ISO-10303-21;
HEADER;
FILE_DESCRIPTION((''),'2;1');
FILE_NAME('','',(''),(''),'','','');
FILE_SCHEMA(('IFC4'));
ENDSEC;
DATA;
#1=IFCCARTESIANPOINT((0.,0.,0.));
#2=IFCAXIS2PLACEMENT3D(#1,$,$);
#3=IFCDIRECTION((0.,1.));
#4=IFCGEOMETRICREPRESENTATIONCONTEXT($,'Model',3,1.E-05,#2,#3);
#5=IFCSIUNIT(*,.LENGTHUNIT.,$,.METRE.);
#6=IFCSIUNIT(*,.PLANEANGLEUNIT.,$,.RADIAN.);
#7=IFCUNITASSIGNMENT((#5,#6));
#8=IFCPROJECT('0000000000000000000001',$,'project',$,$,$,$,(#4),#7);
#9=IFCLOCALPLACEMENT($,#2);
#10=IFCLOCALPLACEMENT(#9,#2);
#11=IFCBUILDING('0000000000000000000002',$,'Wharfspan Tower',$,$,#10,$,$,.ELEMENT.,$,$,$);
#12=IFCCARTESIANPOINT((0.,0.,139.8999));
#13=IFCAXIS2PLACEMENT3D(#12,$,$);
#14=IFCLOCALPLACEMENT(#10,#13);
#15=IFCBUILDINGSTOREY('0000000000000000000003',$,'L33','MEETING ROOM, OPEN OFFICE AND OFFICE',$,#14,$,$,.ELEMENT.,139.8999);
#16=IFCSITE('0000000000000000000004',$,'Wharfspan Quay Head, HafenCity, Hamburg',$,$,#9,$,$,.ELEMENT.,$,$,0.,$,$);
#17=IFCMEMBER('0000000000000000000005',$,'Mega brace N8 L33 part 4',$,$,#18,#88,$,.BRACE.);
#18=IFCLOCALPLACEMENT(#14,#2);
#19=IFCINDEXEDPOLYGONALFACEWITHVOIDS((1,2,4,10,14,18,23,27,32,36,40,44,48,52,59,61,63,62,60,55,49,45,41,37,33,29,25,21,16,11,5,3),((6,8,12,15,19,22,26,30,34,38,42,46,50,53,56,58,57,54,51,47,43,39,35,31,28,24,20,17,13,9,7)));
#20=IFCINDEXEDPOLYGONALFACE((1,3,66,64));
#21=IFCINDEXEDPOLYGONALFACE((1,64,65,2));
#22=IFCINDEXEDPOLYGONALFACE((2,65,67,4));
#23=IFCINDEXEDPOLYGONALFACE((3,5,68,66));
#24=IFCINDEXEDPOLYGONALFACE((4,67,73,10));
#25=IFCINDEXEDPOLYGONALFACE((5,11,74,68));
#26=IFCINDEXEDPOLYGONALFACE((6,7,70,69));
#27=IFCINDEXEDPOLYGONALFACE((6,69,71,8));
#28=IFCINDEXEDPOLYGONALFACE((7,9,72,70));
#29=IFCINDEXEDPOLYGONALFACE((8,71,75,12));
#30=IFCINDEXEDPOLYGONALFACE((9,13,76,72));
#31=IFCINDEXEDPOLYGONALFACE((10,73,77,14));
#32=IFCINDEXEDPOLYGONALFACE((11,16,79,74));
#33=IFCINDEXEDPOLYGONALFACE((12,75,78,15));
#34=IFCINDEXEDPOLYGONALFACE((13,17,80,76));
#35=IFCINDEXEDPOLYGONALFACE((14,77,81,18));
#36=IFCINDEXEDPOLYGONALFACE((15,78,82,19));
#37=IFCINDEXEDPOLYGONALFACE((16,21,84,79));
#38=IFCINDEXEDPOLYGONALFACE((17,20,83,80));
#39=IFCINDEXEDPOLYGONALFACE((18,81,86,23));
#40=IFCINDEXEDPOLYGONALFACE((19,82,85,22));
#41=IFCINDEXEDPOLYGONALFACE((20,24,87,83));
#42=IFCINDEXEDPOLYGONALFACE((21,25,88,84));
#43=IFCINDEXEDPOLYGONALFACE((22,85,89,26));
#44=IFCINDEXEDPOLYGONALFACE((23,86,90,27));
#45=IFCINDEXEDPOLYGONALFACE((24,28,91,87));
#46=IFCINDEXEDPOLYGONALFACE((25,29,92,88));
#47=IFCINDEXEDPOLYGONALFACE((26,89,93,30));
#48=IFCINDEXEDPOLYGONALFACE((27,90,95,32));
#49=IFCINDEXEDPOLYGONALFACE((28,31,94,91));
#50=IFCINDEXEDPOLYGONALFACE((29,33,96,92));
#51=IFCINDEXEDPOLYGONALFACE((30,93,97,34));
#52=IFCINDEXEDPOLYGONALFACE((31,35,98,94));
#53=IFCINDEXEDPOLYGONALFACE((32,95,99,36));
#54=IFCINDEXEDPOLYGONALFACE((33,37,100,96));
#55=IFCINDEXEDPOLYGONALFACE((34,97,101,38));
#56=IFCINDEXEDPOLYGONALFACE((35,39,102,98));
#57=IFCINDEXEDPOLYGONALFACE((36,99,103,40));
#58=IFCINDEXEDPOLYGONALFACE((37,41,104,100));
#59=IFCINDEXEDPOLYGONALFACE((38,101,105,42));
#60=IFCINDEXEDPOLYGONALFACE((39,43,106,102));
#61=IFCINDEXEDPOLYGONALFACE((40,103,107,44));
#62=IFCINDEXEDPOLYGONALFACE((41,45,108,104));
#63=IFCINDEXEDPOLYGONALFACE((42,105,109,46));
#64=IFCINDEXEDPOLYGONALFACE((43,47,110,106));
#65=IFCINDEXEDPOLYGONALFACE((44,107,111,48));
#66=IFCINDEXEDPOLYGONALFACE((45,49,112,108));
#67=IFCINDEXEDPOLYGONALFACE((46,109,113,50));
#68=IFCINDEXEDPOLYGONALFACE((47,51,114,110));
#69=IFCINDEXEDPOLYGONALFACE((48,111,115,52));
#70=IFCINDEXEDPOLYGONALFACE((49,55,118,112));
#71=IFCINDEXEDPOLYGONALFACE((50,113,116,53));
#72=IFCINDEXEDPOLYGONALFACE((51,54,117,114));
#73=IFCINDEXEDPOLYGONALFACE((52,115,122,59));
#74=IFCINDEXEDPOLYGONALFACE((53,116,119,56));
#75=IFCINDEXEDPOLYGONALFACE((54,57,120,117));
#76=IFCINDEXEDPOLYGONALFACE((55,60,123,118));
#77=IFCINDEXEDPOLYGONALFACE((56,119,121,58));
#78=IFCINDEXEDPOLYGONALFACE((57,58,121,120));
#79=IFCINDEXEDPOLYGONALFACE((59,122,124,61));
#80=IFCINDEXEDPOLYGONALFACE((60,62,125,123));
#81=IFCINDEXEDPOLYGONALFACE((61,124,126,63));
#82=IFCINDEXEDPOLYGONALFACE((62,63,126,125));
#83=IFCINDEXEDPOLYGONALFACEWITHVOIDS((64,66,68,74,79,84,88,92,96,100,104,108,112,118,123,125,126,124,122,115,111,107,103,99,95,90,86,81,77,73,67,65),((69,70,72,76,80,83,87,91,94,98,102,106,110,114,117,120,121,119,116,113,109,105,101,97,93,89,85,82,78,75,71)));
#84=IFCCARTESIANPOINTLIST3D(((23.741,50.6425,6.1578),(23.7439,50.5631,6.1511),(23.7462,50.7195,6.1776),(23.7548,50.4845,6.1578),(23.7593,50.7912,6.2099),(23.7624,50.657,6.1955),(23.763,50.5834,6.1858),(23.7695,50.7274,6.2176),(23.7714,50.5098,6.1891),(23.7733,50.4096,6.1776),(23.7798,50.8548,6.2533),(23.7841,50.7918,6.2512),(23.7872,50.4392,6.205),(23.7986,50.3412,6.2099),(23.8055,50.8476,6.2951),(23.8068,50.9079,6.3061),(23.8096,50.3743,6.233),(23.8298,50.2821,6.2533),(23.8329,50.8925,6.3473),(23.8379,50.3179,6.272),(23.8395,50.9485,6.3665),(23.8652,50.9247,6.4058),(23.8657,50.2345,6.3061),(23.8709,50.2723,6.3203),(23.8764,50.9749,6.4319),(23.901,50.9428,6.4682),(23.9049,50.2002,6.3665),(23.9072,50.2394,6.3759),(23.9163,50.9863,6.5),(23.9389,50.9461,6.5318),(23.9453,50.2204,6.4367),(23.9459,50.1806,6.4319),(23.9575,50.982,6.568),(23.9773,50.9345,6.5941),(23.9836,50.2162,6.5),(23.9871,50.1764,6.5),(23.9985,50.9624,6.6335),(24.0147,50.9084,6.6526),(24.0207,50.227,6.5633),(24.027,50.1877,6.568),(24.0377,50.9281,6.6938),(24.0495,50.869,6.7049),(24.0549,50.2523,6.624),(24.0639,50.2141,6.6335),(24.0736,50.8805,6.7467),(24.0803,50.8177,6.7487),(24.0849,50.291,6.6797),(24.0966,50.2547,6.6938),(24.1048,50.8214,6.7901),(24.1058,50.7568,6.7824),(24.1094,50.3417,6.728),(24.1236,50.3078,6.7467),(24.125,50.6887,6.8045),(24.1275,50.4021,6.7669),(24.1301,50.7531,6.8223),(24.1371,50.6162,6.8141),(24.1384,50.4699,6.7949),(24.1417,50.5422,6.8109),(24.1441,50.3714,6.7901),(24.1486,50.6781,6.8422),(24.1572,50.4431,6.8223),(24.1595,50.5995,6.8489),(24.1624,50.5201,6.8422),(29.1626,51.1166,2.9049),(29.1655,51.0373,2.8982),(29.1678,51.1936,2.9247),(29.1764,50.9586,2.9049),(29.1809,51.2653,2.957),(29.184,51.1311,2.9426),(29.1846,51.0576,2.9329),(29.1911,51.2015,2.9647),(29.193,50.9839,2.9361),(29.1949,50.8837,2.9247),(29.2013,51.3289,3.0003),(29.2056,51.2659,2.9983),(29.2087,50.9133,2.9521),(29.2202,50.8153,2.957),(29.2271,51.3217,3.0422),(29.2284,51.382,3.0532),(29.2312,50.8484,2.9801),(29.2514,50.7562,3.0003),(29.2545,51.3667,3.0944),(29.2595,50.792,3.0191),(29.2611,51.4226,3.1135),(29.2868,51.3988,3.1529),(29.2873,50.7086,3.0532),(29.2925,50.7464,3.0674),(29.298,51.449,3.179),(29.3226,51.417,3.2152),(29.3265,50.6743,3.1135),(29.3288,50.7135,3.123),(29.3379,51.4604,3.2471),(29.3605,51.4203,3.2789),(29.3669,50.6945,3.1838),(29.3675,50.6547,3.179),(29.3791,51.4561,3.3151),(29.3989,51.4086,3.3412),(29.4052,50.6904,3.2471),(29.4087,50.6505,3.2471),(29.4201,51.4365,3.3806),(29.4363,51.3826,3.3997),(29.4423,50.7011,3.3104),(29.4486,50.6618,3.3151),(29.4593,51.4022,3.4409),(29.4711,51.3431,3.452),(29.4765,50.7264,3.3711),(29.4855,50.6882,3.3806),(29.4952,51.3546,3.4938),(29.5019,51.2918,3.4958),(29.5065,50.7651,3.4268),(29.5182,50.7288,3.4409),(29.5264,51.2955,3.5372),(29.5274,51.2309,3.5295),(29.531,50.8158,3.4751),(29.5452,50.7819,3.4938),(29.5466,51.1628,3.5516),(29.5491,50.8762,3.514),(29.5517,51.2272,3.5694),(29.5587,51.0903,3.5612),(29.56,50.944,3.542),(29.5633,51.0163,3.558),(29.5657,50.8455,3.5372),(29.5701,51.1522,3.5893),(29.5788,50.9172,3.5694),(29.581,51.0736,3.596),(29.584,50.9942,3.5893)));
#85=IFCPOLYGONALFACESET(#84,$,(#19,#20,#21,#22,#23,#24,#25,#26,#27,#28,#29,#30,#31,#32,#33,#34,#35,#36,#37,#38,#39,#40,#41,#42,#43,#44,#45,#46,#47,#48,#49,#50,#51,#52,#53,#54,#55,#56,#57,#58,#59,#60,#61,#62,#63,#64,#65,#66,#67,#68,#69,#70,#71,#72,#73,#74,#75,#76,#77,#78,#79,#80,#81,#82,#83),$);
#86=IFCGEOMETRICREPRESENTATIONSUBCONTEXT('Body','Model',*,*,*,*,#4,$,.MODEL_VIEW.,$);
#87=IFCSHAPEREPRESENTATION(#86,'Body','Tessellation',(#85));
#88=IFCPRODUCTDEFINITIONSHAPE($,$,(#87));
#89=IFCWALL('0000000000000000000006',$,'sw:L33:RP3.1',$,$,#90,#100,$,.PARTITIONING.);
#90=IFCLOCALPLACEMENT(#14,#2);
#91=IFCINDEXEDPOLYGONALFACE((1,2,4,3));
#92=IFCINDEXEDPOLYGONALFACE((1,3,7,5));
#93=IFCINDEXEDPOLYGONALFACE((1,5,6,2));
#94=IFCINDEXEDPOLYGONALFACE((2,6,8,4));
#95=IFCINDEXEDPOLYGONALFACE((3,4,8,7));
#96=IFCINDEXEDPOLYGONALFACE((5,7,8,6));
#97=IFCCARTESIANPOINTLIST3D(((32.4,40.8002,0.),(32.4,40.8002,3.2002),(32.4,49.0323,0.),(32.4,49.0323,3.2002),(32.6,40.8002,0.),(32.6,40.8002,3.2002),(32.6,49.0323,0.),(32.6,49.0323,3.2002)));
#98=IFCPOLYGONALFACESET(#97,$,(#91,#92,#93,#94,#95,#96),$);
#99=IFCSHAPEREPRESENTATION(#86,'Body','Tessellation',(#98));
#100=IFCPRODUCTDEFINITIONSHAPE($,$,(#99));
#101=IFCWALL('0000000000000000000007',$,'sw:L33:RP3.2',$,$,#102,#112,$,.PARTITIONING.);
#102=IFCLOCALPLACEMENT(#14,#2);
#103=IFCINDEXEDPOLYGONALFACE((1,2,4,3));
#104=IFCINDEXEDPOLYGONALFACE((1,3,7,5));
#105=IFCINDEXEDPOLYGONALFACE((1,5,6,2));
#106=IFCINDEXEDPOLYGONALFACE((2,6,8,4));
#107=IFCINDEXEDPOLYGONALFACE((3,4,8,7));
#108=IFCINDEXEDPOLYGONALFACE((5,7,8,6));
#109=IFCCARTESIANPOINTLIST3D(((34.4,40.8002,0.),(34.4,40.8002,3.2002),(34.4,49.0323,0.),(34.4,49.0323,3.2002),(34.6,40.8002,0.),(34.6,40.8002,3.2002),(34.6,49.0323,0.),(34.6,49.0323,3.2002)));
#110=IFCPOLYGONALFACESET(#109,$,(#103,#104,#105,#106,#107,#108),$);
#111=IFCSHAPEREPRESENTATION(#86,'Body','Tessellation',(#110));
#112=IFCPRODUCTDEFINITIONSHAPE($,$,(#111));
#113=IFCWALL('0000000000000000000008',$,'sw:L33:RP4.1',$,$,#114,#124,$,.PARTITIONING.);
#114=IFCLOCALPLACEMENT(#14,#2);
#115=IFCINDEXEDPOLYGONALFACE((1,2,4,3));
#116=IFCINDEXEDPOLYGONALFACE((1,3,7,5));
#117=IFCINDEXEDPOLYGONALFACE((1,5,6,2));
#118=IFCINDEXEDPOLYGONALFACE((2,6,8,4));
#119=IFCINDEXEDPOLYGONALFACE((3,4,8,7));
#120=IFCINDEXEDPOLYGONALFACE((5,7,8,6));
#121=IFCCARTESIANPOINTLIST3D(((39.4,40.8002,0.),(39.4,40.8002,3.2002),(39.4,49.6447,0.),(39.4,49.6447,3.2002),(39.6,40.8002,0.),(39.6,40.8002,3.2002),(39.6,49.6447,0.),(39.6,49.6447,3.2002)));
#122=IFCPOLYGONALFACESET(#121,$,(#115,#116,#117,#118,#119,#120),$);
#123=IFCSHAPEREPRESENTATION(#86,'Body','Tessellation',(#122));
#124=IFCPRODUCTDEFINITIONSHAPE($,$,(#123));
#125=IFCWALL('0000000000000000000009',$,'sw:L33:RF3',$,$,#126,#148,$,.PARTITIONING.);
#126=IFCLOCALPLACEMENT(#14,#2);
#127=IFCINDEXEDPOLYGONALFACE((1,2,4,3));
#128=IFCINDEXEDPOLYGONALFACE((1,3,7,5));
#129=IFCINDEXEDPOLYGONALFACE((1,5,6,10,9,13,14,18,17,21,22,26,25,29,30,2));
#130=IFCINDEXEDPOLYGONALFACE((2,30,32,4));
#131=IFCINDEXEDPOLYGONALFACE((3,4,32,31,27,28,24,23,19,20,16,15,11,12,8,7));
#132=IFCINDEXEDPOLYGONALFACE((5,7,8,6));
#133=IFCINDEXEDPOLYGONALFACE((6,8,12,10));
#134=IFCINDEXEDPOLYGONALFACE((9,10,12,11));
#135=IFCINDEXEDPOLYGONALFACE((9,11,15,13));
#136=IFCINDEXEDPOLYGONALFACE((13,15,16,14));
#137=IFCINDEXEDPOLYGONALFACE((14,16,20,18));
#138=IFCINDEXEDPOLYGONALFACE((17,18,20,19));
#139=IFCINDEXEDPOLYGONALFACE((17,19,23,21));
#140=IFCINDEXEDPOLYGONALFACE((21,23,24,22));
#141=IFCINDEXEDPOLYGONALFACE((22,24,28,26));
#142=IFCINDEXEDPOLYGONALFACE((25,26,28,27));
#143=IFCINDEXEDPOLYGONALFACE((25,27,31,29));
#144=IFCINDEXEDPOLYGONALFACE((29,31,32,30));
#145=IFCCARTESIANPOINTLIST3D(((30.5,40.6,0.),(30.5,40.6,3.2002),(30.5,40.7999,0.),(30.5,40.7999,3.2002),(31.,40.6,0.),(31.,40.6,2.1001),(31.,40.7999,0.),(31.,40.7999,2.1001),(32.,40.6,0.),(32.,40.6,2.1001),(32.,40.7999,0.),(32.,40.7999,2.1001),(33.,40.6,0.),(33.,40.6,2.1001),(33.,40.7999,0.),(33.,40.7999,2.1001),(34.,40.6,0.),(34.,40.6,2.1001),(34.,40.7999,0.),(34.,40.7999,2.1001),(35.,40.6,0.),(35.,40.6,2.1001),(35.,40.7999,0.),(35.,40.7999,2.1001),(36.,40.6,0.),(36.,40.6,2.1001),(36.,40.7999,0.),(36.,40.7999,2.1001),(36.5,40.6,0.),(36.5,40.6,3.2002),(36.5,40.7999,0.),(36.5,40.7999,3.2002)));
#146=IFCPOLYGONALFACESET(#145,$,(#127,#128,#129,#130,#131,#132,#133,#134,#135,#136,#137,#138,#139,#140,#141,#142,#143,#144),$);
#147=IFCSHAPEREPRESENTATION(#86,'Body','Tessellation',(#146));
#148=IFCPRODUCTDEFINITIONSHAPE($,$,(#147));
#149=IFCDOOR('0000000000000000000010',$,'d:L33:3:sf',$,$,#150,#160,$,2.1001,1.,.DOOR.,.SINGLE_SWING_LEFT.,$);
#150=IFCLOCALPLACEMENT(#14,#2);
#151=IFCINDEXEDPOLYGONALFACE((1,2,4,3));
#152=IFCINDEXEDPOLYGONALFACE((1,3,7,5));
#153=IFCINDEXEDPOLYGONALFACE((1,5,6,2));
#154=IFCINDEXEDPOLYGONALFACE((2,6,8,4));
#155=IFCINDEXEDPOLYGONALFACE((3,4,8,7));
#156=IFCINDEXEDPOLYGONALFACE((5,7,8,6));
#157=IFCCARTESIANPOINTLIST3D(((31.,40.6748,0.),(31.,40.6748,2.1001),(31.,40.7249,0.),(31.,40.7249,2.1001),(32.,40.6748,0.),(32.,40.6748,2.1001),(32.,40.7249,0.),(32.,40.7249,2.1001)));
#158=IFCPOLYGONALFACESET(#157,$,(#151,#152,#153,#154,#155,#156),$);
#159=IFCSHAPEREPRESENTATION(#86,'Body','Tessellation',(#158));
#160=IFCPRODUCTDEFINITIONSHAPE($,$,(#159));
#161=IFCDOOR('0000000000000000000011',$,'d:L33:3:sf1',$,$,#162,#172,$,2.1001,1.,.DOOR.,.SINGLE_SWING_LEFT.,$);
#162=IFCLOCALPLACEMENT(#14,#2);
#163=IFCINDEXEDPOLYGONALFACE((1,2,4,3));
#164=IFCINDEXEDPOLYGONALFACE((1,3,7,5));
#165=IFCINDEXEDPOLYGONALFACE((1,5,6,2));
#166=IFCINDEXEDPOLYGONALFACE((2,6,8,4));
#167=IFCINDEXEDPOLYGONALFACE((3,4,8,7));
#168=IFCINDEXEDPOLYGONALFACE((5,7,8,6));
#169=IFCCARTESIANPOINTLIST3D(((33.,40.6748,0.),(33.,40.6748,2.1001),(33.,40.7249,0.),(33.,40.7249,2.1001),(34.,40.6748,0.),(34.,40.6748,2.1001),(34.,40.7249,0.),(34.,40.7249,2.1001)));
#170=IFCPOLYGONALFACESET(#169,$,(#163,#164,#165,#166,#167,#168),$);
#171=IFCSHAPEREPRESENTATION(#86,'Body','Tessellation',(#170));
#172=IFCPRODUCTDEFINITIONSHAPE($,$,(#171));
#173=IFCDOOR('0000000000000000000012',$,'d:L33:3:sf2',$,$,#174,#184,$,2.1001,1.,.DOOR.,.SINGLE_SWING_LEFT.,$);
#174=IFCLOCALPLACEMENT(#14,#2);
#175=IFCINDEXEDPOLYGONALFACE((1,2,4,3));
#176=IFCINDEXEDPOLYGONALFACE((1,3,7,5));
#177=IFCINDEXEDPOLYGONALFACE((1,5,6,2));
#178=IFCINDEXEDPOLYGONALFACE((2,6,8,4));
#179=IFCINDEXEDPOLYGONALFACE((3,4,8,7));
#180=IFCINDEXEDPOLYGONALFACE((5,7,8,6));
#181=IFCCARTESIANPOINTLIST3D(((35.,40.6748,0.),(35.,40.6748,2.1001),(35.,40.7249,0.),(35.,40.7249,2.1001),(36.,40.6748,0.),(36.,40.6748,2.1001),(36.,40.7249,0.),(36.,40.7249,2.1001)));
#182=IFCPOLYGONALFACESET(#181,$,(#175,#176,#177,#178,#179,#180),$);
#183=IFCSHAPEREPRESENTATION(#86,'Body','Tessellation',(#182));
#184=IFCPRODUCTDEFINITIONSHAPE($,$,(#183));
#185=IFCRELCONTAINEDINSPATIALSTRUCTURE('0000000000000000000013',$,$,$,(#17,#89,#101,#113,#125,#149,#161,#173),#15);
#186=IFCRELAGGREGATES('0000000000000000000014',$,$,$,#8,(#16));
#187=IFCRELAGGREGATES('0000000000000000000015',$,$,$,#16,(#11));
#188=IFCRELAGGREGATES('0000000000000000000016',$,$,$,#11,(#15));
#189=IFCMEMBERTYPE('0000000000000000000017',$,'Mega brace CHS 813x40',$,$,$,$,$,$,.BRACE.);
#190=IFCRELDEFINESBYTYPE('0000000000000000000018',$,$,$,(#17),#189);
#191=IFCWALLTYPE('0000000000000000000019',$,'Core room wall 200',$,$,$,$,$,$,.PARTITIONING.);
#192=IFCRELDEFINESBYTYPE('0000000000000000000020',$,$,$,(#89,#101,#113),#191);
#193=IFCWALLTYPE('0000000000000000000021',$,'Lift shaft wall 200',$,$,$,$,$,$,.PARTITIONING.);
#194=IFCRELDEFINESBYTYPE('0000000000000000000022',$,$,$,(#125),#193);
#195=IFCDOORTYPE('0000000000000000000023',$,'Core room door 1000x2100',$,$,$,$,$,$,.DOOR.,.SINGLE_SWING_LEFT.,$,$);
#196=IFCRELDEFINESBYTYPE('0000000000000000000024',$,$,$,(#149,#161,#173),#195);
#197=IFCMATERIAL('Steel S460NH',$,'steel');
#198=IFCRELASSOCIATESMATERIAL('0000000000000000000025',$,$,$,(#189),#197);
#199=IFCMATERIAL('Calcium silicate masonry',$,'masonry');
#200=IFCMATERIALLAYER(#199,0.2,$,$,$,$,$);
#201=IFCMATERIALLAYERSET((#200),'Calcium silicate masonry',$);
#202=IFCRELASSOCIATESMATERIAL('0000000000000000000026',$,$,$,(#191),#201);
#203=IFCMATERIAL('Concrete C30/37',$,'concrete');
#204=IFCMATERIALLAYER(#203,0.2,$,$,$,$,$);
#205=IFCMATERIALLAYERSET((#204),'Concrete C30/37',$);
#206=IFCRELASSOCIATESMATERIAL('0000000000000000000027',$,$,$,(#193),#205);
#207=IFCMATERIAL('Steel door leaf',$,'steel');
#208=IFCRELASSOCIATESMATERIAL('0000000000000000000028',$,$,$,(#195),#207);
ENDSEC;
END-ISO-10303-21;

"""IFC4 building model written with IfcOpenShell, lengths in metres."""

from ifc_helpers import new_model, si_unit, direction, frame, frame_2d, origin, origin_2d, place, context, subcontext, project, spatial, rectangle, hollow_circle, extrude, material, layer, layer_set, material_profile, profile_set, type_object, element, fill, save


model = new_model("IFC4")

# Units and contexts
model_context = context("Model", 3, precision=1e-05, world=origin(), true_north=direction((0.0, 1.0)))
body_context = subcontext(model_context, "Body", "Model", "MODEL_VIEW")
ifc_project = project(units=[si_unit("LENGTHUNIT", "METRE"), si_unit("PLANEANGLEUNIT", "RADIAN")], contexts=[model_context])

# Site, building, storey
site_placement = place(None, origin())
site = spatial("IfcSite", under=ifc_project, at=site_placement, Name="Wharfspan Quay Head, HafenCity, Hamburg", CompositionType="ELEMENT", RefElevation=0.0)
building_placement = place(site_placement, origin())
building = spatial("IfcBuilding", under=site, at=building_placement, Name="Wharfspan Tower", CompositionType="ELEMENT")
storey_placement = place(building_placement, frame((0.0, 0.0, 139.8999)))
storey = spatial("IfcBuildingStorey", under=building, at=storey_placement, Name="L33", Description="MEETING ROOM, OPEN OFFICE AND OFFICE", CompositionType="ELEMENT", Elevation=139.8999)

# Member
ifc_material_1 = material(Name="Steel S460NH", Category="steel")
ifc_material_profile_1 = material_profile(ifc_material_1, hollow_circle(Radius=0.4065, WallThickness=0.04, at=origin_2d()))
ifc_profile_set_1 = profile_set([ifc_material_profile_1], Name="Steel S460NH")
member_type = type_object("IfcMemberType", Name="Mega brace CHS 813x40", PredefinedType="BRACE", material=ifc_profile_set_1)
member_1_placement = place(storey_placement, frame((29.3733, 51.0554, 3.2471), z_axis=(-0.855096, -0.074778, 0.51305), x_axis=(0.087117, -0.996194, 0.0)))
element("IfcMember", 1, at=member_1_placement, inside=storey, type_object=member_type, Name="Mega brace N8 L33 part 4", PredefinedType="BRACE", context=body_context, shape_type="SweptSolid", body=[
    extrude(hollow_circle(Radius=0.4065, WallThickness=0.04, at=origin_2d()), origin(), (0.0, 0.0, 1.0), 6.3403),
])

# Walls
ifc_material_2 = material(Name="Calcium silicate masonry", Category="masonry")
ifc_layer_1 = layer(ifc_material_2, 0.2)
ifc_layer_set_1 = layer_set([ifc_layer_1], Name="Calcium silicate masonry")
wall_type_1 = type_object("IfcWallType", Name="Core room wall 200", PredefinedType="PARTITIONING", material=ifc_layer_set_1)
for number, where, z_axis, x_axis, name in (
    (2, (32.5, 40.8, 0.0), (0.0, 0.0, 1.0), (0.0, 1.0, 0.0), "sw:L33:RP3.1"),
    (3, (34.5, 40.8, 0.0), (0.0, 0.0, 1.0), (0.0, 1.0, 0.0), "sw:L33:RP3.2"),
):
    element("IfcWall", number, at=place(storey_placement, frame(where, z_axis=z_axis, x_axis=x_axis)), inside=storey, type_object=wall_type_1, Name=name, PredefinedType="PARTITIONING", context=body_context, shape_type="SweptSolid", body=[
        extrude(rectangle(XDim=8.2322, YDim=0.2, at=frame_2d((4.1162, 0.0))), origin(), (0.0, 0.0, 1.0), 3.2002),
    ])
wall_1_placement = place(storey_placement, frame((39.5, 40.8, 0.0), z_axis=(0.0, 0.0, 1.0), x_axis=(0.0, 1.0, 0.0)))
element("IfcWall", 4, at=wall_1_placement, inside=storey, type_object=wall_type_1, Name="sw:L33:RP4.1", PredefinedType="PARTITIONING", context=body_context, shape_type="SweptSolid", body=[
    extrude(rectangle(XDim=8.8445, YDim=0.2, at=frame_2d((4.4224, 0.0))), origin(), (0.0, 0.0, 1.0), 3.2002),
])

# Wall, openings, doors
ifc_material_3 = material(Name="Concrete C30/37", Category="concrete")
ifc_layer_2 = layer(ifc_material_3, 0.2)
ifc_layer_set_2 = layer_set([ifc_layer_2], Name="Concrete C30/37")
wall_type_2 = type_object("IfcWallType", Name="Lift shaft wall 200", PredefinedType="PARTITIONING", material=ifc_layer_set_2)
wall_2_placement = place(storey_placement, frame((30.5, 40.7, 0.0), z_axis=(0.0, 0.0, 1.0), x_axis=(1.0, 0.0, 0.0)))
wall_2 = element("IfcWall", 5, at=wall_2_placement, inside=storey, type_object=wall_type_2, Name="sw:L33:RF3", PredefinedType="PARTITIONING", context=body_context, shape_type="SweptSolid", body=[
    extrude(rectangle(XDim=6.0, YDim=0.2, at=frame_2d((3.0, 0.0))), origin(), (0.0, 0.0, 1.0), 3.2002),
])
opening_1_placement = place(wall_2_placement, frame((0.5, 0.0, 0.0)))
opening_1 = element("IfcOpeningElement", 6, at=opening_1_placement, cuts=wall_2, PredefinedType="OPENING", context=body_context, shape_type="SweptSolid", body=[
    extrude(rectangle(XDim=1.0, YDim=2.1001, at=frame_2d((0.5, 1.05))), frame((0.0, 0.1099, 0.0), z_axis=(0.0, -1.0, 0.0), x_axis=(1.0, 0.0, 0.0)), (0.0, 0.0, 1.0), 0.22),
])
opening_2_placement = place(wall_2_placement, frame((2.5, 0.0, 0.0)))
opening_2 = element("IfcOpeningElement", 7, at=opening_2_placement, cuts=wall_2, PredefinedType="OPENING", context=body_context, shape_type="SweptSolid", body=[
    extrude(rectangle(XDim=1.0, YDim=2.1001, at=frame_2d((0.5, 1.05))), frame((0.0, 0.1099, 0.0), z_axis=(0.0, -1.0, 0.0), x_axis=(1.0, 0.0, 0.0)), (0.0, 0.0, 1.0), 0.22),
])
opening_3_placement = place(wall_2_placement, frame((4.5, 0.0, 0.0)))
opening_3 = element("IfcOpeningElement", 8, at=opening_3_placement, cuts=wall_2, PredefinedType="OPENING", context=body_context, shape_type="SweptSolid", body=[
    extrude(rectangle(XDim=1.0, YDim=2.1001, at=frame_2d((0.5, 1.05))), frame((0.0, 0.1099, 0.0), z_axis=(0.0, -1.0, 0.0), x_axis=(1.0, 0.0, 0.0)), (0.0, 0.0, 1.0), 0.22),
])
ifc_material_4 = material(Name="Steel door leaf", Category="steel")
door_type = type_object("IfcDoorType", Name="Core room door 1000x2100", OperationType="SINGLE_SWING_LEFT", PredefinedType="DOOR", material=ifc_material_4)
door_1_placement = place(opening_1_placement, origin())
door_1 = element("IfcDoor", 9, at=door_1_placement, inside=storey, type_object=door_type, Name="d:L33:3:sf", OperationType="SINGLE_SWING_LEFT", OverallHeight=2.1001, OverallWidth=1.0, PredefinedType="DOOR", context=body_context, shape_type="SweptSolid", body=[
    extrude(rectangle(XDim=1.0, YDim=2.1001, at=frame_2d((0.5, 1.05))), frame((0.0, 0.0249, 0.0), z_axis=(0.0, -1.0, 0.0), x_axis=(1.0, 0.0, 0.0)), (0.0, 0.0, 1.0), 0.05),
])
fill(opening_1, door_1)
door_2_placement = place(opening_2_placement, origin())
door_2 = element("IfcDoor", 10, at=door_2_placement, inside=storey, type_object=door_type, Name="d:L33:3:sf1", OperationType="SINGLE_SWING_LEFT", OverallHeight=2.1001, OverallWidth=1.0, PredefinedType="DOOR", context=body_context, shape_type="SweptSolid", body=[
    extrude(rectangle(XDim=1.0, YDim=2.1001, at=frame_2d((0.5, 1.05))), frame((0.0, 0.0249, 0.0), z_axis=(0.0, -1.0, 0.0), x_axis=(1.0, 0.0, 0.0)), (0.0, 0.0, 1.0), 0.05),
])
fill(opening_2, door_2)
door_3_placement = place(opening_3_placement, origin())
door_3 = element("IfcDoor", 11, at=door_3_placement, inside=storey, type_object=door_type, Name="d:L33:3:sf2", OperationType="SINGLE_SWING_LEFT", OverallHeight=2.1001, OverallWidth=1.0, PredefinedType="DOOR", context=body_context, shape_type="SweptSolid", body=[
    extrude(rectangle(XDim=1.0, YDim=2.1001, at=frame_2d((0.5, 1.05))), frame((0.0, 0.0249, 0.0), z_axis=(0.0, -1.0, 0.0), x_axis=(1.0, 0.0, 0.0)), (0.0, 0.0, 1.0), 0.05),
])
fill(opening_3, door_3)

save(model, "model.ifc")
